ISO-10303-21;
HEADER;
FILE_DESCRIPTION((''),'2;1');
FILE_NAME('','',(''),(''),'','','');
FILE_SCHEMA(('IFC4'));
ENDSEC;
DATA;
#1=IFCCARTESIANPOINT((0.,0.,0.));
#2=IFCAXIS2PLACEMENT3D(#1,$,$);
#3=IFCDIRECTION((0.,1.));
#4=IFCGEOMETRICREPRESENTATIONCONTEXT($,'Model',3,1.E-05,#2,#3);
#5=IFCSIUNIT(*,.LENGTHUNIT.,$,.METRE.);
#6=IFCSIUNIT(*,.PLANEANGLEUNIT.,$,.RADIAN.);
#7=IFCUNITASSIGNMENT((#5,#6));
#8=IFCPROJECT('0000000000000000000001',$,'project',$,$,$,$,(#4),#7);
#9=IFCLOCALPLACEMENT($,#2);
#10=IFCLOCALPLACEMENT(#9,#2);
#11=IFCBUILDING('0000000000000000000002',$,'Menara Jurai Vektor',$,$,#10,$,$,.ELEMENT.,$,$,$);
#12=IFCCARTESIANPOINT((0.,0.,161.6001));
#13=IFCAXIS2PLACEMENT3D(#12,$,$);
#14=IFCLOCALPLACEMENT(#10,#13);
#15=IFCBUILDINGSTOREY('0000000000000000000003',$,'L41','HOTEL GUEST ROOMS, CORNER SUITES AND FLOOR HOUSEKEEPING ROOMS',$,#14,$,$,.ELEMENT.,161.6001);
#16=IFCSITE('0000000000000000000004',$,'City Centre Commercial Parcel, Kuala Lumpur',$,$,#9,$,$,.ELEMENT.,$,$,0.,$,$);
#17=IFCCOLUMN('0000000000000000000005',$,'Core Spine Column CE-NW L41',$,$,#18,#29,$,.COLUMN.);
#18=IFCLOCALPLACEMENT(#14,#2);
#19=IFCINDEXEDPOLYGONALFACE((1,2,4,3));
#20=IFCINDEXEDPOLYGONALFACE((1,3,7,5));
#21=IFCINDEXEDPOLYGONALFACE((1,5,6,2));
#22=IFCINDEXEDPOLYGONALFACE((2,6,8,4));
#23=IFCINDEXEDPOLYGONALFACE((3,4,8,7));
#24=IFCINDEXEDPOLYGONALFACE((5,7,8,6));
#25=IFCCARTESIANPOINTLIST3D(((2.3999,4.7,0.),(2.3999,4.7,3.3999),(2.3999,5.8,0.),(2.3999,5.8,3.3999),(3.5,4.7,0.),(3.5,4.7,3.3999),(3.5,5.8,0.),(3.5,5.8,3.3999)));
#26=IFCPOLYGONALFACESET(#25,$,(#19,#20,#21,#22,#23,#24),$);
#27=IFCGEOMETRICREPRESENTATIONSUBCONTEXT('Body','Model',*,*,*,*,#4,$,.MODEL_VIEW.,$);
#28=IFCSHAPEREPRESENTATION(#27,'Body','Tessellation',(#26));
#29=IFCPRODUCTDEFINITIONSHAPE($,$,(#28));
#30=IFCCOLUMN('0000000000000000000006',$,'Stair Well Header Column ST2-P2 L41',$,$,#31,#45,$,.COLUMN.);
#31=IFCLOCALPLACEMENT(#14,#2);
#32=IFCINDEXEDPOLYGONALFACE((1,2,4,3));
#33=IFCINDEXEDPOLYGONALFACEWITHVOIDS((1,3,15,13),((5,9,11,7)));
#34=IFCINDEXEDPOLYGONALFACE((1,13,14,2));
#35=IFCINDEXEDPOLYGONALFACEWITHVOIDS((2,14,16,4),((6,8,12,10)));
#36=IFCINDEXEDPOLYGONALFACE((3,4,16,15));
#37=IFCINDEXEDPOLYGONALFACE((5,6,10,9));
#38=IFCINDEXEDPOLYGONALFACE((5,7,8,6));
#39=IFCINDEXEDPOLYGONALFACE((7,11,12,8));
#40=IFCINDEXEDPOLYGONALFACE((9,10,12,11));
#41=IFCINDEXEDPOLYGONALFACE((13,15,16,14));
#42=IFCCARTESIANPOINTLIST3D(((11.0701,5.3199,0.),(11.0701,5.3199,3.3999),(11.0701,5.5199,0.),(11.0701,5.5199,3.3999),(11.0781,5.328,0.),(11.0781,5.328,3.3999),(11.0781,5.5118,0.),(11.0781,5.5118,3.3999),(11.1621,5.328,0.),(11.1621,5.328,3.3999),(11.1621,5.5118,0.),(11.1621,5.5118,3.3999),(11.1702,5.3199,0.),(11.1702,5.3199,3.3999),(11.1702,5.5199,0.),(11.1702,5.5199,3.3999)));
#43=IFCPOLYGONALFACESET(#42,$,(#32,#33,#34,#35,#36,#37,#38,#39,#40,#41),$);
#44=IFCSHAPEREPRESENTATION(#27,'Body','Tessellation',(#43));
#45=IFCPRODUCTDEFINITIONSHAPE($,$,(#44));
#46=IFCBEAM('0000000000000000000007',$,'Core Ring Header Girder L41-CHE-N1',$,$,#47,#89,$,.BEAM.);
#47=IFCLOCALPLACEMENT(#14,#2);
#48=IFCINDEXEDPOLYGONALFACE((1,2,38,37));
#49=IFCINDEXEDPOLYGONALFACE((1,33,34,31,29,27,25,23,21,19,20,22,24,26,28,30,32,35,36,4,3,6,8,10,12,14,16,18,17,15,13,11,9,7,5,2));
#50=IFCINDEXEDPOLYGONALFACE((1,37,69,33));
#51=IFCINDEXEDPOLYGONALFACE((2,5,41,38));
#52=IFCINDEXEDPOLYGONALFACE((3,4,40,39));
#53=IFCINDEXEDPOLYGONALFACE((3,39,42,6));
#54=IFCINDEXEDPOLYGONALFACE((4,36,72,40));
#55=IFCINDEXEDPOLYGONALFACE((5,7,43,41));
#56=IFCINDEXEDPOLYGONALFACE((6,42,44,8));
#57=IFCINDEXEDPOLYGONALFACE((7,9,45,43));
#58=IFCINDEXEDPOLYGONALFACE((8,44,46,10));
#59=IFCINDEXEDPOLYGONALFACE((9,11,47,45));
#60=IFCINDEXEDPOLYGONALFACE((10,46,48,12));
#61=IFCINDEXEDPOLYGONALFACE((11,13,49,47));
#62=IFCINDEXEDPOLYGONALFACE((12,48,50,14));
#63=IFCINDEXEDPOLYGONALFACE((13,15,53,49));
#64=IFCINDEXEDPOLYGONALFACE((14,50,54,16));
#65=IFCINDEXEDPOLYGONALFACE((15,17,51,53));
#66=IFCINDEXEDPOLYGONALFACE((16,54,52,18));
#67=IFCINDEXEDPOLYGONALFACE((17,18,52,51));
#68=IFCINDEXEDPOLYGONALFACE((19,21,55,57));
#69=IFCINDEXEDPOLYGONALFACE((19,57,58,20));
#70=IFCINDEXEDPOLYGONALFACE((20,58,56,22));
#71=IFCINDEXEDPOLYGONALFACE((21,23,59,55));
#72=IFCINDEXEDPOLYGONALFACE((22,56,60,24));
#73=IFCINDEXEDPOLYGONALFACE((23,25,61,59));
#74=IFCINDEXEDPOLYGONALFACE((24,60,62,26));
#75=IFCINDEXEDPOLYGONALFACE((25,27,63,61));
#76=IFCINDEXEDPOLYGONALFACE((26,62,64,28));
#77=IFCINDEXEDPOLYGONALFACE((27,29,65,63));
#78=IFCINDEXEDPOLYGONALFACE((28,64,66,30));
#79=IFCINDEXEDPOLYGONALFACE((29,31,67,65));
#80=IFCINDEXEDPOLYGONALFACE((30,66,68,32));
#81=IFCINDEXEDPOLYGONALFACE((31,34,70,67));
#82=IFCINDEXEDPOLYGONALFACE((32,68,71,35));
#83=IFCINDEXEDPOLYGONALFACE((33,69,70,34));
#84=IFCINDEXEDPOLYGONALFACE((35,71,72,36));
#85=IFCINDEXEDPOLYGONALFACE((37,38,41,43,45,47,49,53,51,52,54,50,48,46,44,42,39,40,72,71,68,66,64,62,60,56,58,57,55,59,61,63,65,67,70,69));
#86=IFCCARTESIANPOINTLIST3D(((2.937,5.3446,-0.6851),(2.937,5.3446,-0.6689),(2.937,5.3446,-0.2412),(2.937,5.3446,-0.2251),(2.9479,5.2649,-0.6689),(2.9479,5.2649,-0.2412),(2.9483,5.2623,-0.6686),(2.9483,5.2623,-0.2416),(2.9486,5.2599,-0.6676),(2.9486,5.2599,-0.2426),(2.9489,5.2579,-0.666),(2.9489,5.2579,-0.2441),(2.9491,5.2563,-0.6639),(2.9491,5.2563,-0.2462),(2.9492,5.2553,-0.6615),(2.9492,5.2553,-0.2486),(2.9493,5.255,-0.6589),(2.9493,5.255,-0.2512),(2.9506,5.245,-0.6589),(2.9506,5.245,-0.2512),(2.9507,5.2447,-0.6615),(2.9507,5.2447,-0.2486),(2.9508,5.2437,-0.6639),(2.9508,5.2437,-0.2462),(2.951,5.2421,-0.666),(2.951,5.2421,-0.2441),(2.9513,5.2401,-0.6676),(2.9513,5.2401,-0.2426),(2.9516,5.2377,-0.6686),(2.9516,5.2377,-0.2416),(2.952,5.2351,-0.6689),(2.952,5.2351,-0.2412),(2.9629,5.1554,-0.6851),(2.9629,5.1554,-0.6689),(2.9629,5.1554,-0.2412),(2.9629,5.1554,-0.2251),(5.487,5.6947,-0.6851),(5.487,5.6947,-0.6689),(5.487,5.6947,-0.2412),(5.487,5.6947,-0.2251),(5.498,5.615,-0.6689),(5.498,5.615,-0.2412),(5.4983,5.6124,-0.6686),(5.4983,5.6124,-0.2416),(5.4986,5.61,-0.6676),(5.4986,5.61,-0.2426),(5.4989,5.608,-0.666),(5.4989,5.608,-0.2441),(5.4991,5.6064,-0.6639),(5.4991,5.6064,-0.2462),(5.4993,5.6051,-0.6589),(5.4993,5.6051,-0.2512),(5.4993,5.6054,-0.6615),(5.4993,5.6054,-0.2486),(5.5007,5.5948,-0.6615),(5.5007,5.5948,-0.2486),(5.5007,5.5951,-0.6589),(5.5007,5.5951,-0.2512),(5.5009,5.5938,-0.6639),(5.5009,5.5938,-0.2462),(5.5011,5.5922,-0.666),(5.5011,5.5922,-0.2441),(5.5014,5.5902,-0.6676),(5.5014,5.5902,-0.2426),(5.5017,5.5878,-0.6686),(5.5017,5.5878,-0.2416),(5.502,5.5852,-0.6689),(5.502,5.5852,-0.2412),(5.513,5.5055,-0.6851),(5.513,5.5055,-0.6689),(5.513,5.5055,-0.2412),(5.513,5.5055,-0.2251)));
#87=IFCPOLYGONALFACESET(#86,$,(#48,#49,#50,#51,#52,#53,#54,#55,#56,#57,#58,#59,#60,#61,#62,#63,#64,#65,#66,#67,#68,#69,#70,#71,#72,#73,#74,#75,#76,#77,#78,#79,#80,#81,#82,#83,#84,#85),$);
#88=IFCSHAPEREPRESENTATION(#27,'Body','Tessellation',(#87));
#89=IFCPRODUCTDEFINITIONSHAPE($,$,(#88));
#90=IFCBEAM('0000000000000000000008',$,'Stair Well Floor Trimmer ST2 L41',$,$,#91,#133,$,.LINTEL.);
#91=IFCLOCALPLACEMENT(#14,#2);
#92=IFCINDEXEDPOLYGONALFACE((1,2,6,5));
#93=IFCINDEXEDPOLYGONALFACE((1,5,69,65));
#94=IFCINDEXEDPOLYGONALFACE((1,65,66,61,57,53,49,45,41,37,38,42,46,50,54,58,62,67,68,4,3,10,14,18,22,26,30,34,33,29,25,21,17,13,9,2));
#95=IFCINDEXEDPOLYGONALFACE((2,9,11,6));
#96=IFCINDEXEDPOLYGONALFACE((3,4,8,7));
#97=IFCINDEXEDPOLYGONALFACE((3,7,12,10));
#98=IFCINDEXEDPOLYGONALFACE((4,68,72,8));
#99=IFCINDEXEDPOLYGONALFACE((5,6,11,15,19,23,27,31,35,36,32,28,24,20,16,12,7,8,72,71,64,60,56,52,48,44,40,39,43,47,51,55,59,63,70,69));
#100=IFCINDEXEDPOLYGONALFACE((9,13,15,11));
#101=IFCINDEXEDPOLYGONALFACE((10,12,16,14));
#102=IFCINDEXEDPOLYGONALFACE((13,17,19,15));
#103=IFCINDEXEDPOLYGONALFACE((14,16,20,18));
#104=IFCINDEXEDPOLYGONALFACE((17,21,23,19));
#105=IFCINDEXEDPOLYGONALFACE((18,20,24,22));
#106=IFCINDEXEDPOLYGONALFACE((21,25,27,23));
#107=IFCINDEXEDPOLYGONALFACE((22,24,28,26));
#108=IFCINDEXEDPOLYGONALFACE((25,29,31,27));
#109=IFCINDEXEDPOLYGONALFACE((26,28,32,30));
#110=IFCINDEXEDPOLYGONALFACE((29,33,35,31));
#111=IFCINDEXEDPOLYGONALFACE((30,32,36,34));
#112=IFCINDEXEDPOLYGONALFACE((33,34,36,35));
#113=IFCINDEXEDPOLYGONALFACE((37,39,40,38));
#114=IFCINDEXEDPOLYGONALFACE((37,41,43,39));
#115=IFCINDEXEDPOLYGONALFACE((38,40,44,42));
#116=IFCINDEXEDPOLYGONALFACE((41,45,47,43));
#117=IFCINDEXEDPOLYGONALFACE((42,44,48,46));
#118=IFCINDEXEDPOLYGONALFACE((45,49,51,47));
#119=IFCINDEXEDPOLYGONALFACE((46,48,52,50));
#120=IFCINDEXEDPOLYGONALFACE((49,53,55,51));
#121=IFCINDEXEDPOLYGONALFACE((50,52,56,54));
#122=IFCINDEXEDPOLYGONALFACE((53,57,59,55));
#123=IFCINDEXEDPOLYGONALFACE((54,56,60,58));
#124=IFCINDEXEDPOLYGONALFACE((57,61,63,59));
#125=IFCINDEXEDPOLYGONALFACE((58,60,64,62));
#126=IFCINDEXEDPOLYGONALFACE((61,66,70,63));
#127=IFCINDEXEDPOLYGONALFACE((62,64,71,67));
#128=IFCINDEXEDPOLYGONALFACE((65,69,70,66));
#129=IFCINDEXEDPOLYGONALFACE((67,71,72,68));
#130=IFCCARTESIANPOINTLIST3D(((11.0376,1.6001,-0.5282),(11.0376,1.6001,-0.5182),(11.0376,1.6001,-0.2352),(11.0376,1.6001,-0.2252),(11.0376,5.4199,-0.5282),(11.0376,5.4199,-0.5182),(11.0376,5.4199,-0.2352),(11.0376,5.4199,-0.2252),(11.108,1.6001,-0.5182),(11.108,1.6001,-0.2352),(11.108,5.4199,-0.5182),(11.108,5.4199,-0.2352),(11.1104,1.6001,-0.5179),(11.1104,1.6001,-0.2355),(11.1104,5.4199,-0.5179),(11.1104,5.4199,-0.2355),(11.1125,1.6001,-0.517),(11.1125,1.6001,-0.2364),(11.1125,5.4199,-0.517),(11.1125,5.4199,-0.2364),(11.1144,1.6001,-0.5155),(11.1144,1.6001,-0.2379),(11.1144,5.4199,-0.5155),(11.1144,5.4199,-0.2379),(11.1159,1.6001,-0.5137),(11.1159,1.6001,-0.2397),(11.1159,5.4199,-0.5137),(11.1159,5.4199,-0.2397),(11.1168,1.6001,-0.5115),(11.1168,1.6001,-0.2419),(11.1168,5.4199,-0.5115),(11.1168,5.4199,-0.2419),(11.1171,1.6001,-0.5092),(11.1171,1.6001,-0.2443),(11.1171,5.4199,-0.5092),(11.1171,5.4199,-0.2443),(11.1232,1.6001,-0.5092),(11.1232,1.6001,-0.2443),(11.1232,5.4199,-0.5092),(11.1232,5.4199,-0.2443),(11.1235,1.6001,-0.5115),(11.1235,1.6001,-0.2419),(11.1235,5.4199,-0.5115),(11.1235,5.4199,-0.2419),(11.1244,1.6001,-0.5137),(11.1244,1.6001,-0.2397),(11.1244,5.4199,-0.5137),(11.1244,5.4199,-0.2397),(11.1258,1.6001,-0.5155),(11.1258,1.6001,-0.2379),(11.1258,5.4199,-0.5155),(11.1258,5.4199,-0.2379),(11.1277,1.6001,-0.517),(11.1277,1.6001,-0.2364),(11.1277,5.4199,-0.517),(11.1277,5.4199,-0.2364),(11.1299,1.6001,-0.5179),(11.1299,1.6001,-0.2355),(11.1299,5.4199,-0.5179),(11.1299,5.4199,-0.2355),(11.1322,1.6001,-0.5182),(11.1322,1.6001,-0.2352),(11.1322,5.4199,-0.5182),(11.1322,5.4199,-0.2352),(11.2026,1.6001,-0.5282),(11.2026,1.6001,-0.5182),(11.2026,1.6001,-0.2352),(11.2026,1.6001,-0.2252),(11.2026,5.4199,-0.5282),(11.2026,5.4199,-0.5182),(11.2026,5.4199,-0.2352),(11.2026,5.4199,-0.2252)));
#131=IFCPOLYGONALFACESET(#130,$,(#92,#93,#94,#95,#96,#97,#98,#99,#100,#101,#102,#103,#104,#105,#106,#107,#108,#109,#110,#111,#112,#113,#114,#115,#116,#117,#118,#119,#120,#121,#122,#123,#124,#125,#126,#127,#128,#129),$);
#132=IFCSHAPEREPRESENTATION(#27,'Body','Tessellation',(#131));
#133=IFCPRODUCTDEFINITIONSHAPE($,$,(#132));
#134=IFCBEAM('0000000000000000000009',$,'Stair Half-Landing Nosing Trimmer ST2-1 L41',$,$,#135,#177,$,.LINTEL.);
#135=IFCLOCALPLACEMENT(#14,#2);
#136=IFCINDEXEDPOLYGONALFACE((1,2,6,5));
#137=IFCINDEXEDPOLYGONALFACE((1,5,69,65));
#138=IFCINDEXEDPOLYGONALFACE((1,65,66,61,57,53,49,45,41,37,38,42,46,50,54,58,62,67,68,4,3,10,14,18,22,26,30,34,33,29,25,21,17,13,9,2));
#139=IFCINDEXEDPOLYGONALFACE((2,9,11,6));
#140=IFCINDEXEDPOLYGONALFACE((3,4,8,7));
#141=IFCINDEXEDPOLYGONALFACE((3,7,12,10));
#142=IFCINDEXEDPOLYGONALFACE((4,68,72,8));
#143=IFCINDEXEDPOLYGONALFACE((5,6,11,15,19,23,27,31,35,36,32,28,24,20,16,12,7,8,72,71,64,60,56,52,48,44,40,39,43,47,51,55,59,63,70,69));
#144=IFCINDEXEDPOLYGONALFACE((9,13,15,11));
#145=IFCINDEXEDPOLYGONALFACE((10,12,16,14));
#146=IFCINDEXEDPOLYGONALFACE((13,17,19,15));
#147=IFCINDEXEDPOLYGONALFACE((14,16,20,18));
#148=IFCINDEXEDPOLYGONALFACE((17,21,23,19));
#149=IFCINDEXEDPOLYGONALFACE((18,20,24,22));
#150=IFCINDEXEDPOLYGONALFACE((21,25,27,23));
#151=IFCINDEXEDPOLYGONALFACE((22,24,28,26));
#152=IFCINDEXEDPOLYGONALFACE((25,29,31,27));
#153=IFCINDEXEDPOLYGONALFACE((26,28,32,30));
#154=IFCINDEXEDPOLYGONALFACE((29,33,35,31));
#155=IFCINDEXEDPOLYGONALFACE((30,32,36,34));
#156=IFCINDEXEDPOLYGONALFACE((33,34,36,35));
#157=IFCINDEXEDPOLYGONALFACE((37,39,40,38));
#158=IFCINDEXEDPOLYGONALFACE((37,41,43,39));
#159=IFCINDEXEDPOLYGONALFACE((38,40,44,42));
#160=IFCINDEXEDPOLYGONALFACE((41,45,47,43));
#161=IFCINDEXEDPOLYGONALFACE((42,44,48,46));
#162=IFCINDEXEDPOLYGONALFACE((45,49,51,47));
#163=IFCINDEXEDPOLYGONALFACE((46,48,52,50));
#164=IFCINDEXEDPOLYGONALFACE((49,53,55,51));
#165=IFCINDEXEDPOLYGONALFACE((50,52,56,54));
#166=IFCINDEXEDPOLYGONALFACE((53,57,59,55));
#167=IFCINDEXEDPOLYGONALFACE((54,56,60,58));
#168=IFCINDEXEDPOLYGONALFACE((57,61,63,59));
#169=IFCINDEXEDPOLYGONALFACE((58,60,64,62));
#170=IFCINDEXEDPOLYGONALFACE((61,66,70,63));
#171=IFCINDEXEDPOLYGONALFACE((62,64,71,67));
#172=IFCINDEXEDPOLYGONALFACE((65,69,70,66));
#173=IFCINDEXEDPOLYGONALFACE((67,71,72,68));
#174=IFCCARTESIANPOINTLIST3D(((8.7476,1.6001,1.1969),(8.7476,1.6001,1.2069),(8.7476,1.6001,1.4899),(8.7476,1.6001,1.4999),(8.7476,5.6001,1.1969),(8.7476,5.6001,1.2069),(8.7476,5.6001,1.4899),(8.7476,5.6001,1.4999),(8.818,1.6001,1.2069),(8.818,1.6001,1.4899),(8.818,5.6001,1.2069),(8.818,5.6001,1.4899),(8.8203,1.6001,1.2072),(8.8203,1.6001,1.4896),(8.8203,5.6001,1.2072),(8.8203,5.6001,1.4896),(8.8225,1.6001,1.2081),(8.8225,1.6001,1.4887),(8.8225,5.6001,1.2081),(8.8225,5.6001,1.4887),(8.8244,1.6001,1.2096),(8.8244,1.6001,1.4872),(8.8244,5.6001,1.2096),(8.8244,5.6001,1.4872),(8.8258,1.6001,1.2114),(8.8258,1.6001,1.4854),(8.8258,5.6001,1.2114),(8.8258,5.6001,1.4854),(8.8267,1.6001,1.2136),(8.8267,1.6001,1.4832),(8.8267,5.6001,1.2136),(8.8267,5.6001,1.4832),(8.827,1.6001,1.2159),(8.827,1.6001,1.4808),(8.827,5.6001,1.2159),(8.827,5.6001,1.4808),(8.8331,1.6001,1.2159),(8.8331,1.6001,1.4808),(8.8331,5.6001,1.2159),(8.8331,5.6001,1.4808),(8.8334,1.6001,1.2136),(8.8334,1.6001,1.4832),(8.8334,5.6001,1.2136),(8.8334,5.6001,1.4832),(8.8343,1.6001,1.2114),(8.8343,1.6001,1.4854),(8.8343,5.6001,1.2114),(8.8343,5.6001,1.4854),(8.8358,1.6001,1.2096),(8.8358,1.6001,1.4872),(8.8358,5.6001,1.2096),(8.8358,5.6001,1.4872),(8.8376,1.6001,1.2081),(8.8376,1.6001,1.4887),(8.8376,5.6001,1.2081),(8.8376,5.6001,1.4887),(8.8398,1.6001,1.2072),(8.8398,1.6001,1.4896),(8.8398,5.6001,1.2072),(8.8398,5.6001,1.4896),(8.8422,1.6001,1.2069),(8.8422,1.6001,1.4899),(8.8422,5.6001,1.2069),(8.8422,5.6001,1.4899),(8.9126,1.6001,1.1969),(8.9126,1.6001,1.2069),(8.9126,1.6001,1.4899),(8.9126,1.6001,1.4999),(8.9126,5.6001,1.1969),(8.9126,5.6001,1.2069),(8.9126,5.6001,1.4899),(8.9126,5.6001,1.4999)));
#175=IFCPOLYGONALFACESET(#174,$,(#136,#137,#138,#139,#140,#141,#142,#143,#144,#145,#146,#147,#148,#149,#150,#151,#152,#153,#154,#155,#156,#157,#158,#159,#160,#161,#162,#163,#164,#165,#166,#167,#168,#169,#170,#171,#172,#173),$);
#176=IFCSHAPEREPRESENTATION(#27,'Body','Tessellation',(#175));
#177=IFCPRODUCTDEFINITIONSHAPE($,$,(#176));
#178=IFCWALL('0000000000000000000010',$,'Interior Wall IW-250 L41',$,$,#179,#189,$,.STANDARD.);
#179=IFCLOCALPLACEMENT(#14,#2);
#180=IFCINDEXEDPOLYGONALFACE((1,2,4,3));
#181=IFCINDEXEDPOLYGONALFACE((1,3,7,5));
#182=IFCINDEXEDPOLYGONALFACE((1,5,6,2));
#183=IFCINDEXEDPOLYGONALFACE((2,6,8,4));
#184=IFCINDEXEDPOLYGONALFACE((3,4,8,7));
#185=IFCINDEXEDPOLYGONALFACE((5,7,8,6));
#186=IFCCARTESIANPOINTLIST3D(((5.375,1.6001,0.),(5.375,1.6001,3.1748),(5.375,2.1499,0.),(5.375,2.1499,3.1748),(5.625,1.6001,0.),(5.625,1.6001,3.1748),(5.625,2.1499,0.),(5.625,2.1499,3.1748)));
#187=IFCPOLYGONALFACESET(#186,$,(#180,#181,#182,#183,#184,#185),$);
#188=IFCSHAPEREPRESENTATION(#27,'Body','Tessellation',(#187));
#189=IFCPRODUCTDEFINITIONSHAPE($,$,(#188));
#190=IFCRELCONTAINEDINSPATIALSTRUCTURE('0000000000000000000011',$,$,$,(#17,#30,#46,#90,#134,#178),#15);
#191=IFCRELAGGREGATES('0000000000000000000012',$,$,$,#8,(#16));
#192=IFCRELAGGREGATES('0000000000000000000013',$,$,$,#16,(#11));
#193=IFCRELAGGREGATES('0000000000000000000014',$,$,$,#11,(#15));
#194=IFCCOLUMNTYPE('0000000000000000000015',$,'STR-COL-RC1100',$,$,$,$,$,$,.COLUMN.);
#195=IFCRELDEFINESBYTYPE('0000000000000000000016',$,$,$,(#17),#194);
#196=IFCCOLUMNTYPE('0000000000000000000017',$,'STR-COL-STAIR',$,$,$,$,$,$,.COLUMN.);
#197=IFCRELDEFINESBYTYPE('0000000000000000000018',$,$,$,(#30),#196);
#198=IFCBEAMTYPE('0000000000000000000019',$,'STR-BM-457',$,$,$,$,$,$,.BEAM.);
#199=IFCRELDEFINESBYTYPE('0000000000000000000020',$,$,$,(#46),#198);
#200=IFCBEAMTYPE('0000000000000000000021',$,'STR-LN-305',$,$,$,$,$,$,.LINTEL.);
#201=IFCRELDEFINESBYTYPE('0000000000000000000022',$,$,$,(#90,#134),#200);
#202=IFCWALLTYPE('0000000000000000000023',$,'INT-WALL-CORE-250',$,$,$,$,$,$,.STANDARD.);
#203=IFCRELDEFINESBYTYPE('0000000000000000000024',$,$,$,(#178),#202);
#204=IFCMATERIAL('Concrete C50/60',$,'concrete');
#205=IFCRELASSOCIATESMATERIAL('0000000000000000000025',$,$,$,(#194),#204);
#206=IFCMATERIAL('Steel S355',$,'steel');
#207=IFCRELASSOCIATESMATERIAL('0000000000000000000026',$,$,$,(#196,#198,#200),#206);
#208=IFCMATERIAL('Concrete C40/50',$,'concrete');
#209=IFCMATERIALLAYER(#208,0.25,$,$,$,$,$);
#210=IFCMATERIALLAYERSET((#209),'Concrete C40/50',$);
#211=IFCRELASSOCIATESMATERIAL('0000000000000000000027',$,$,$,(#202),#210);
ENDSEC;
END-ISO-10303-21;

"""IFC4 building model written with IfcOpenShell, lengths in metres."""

from ifc_helpers import new_model, si_unit, direction, frame, frame_2d, origin, origin_2d, place, context, subcontext, project, spatial, rectangle, hollow_rectangle, i_section, extrude, material, layer, layer_set, material_profile, profile_set, type_object, element, save


model = new_model("IFC4")

# Units and contexts
model_context = context("Model", 3, precision=1e-05, world=origin(), true_north=direction((0.0, 1.0)))
body_context = subcontext(model_context, "Body", "Model", "MODEL_VIEW")
ifc_project = project(units=[si_unit("LENGTHUNIT", "METRE"), si_unit("PLANEANGLEUNIT", "RADIAN")], contexts=[model_context])

# Site, building, storey
site_placement = place(None, origin())
site = spatial("IfcSite", under=ifc_project, at=site_placement, Name="City Centre Commercial Parcel, Kuala Lumpur", CompositionType="ELEMENT", RefElevation=0.0)
building_placement = place(site_placement, origin())
building = spatial("IfcBuilding", under=site, at=building_placement, Name="Menara Jurai Vektor", CompositionType="ELEMENT")
storey_placement = place(building_placement, frame((0.0, 0.0, 161.6001)))
storey = spatial("IfcBuildingStorey", under=building, at=storey_placement, Name="L41", Description="HOTEL GUEST ROOMS, CORNER SUITES AND FLOOR HOUSEKEEPING ROOMS", CompositionType="ELEMENT", Elevation=161.6001)

# Columns
ifc_material_1 = material(Name="Concrete C50/60", Category="concrete")
ifc_material_profile_1 = material_profile(ifc_material_1, rectangle(XDim=1.1001, YDim=1.1001, at=origin_2d()), Name="RC 1100x1100")
ifc_profile_set_1 = profile_set([ifc_material_profile_1], Name="Concrete C50/60")
column_type_1 = type_object("IfcColumnType", Name="STR-COL-RC1100", PredefinedType="COLUMN", material=ifc_profile_set_1)
column_1_placement = place(storey_placement, frame((2.95, 5.25, 0.0), z_axis=(0.0, 0.0, 1.0), x_axis=(1.0, 0.0, 0.0)))
element("IfcColumn", 1, at=column_1_placement, inside=storey, type_object=column_type_1, Name="Core Spine Column CE-NW L41", PredefinedType="COLUMN", context=body_context, shape_type="SweptSolid", body=[
    extrude(rectangle(XDim=1.1001, YDim=1.1001, at=origin_2d()), origin(), (0.0, 0.0, 1.0), 3.3999),
])
ifc_material_2 = material(Name="Steel S355", Category="steel")
ifc_material_profile_2 = material_profile(ifc_material_2, hollow_rectangle(XDim=0.1001, YDim=0.2, WallThickness=0.0081, at=origin_2d()), Name="RHS 200x100x8")
ifc_profile_set_2 = profile_set([ifc_material_profile_2], Name="Steel S355")
column_type_2 = type_object("IfcColumnType", Name="STR-COL-STAIR", PredefinedType="COLUMN", material=ifc_profile_set_2)
column_2_placement = place(storey_placement, frame((11.1201, 5.4199, 0.0), z_axis=(0.0, 0.0, 1.0), x_axis=(1.0, 0.0, 0.0)))
element("IfcColumn", 2, at=column_2_placement, inside=storey, type_object=column_type_2, Name="Stair Well Header Column ST2-P2 L41", PredefinedType="COLUMN", context=body_context, shape_type="SweptSolid", body=[
    extrude(hollow_rectangle(XDim=0.1001, YDim=0.2, WallThickness=0.0081, at=origin_2d()), origin(), (0.0, 0.0, 1.0), 3.3999),
])

# Beams
ifc_material_profile_3 = material_profile(ifc_material_2, i_section(OverallWidth=0.1909, OverallDepth=0.46, WebThickness=0.01, FlangeThickness=0.0161, FilletRadius=0.01, at=origin_2d()), Name="UKB 457x191x82")
ifc_profile_set_3 = profile_set([ifc_material_profile_3], Name="Steel S355")
beam_type_1 = type_object("IfcBeamType", Name="STR-BM-457", PredefinedType="BEAM", material=ifc_profile_set_3)
beam_1_placement = place(storey_placement, frame((2.95, 5.25, -0.4551), z_axis=(0.990707, 0.136015, 0.0), x_axis=(-0.136015, 0.990707, 0.0)))
element("IfcBeam", 3, at=beam_1_placement, inside=storey, type_object=beam_type_1, Name="Core Ring Header Girder L41-CHE-N1", PredefinedType="BEAM", context=body_context, shape_type="SweptSolid", body=[
    extrude(i_section(OverallWidth=0.1909, OverallDepth=0.46, WebThickness=0.01, FlangeThickness=0.0161, FilletRadius=0.01, at=origin_2d()), origin(), (0.0, 0.0, 1.0), 2.574),
])
ifc_material_profile_4 = material_profile(ifc_material_2, i_section(OverallWidth=0.165, OverallDepth=0.303, WebThickness=0.0061, FlangeThickness=0.01, FilletRadius=0.009, at=origin_2d()), Name="UKB 305x165x40")
ifc_profile_set_4 = profile_set([ifc_material_profile_4], Name="Steel S355")
beam_type_2 = type_object("IfcBeamType", Name="STR-LN-305", PredefinedType="LINTEL", material=ifc_profile_set_4)
beam_2_placement = place(storey_placement, frame((11.1201, 1.6001, -0.3767), z_axis=(0.0, 1.0, 0.0), x_axis=(-1.0, 0.0, 0.0)))
element("IfcBeam", 4, at=beam_2_placement, inside=storey, type_object=beam_type_2, Name="Stair Well Floor Trimmer ST2 L41", PredefinedType="LINTEL", context=body_context, shape_type="SweptSolid", body=[
    extrude(i_section(OverallWidth=0.165, OverallDepth=0.303, WebThickness=0.0061, FlangeThickness=0.01, FilletRadius=0.009, at=origin_2d()), origin(), (0.0, 0.0, 1.0), 3.8198),
])
beam_3_placement = place(storey_placement, frame((8.8301, 1.6001, 1.3484), z_axis=(0.0, 1.0, 0.0), x_axis=(-1.0, 0.0, 0.0)))
element("IfcBeam", 5, at=beam_3_placement, inside=storey, type_object=beam_type_2, Name="Stair Half-Landing Nosing Trimmer ST2-1 L41", PredefinedType="LINTEL", context=body_context, shape_type="SweptSolid", body=[
    extrude(i_section(OverallWidth=0.165, OverallDepth=0.303, WebThickness=0.0061, FlangeThickness=0.01, FilletRadius=0.009, at=origin_2d()), origin(), (0.0, 0.0, 1.0), 4.0),
])

# Shared definitions
ifc_material_3 = material(Name="Concrete C40/50", Category="concrete")
ifc_layer_1 = layer(ifc_material_3, 0.25)
ifc_layer_set_1 = layer_set([ifc_layer_1], Name="Concrete C40/50")
wall_type_1 = type_object("IfcWallType", Name="INT-WALL-CORE-250", PredefinedType="STANDARD", material=ifc_layer_set_1)

# Wall
wall_1_placement = place(storey_placement, frame((5.5, 1.6001, 0.0), z_axis=(0.0, 0.0, 1.0), x_axis=(0.0, 1.0, 0.0)))
element("IfcWall", 6, at=wall_1_placement, inside=storey, type_object=wall_type_1, Name="Interior Wall IW-250 L41", PredefinedType="STANDARD", context=body_context, shape_type="SweptSolid", body=[
    extrude(rectangle(XDim=0.5498, YDim=0.25, at=frame_2d((0.2749, 0.0))), origin(), (0.0, 0.0, 1.0), 3.1748),
])

save(model, "model.ifc")
